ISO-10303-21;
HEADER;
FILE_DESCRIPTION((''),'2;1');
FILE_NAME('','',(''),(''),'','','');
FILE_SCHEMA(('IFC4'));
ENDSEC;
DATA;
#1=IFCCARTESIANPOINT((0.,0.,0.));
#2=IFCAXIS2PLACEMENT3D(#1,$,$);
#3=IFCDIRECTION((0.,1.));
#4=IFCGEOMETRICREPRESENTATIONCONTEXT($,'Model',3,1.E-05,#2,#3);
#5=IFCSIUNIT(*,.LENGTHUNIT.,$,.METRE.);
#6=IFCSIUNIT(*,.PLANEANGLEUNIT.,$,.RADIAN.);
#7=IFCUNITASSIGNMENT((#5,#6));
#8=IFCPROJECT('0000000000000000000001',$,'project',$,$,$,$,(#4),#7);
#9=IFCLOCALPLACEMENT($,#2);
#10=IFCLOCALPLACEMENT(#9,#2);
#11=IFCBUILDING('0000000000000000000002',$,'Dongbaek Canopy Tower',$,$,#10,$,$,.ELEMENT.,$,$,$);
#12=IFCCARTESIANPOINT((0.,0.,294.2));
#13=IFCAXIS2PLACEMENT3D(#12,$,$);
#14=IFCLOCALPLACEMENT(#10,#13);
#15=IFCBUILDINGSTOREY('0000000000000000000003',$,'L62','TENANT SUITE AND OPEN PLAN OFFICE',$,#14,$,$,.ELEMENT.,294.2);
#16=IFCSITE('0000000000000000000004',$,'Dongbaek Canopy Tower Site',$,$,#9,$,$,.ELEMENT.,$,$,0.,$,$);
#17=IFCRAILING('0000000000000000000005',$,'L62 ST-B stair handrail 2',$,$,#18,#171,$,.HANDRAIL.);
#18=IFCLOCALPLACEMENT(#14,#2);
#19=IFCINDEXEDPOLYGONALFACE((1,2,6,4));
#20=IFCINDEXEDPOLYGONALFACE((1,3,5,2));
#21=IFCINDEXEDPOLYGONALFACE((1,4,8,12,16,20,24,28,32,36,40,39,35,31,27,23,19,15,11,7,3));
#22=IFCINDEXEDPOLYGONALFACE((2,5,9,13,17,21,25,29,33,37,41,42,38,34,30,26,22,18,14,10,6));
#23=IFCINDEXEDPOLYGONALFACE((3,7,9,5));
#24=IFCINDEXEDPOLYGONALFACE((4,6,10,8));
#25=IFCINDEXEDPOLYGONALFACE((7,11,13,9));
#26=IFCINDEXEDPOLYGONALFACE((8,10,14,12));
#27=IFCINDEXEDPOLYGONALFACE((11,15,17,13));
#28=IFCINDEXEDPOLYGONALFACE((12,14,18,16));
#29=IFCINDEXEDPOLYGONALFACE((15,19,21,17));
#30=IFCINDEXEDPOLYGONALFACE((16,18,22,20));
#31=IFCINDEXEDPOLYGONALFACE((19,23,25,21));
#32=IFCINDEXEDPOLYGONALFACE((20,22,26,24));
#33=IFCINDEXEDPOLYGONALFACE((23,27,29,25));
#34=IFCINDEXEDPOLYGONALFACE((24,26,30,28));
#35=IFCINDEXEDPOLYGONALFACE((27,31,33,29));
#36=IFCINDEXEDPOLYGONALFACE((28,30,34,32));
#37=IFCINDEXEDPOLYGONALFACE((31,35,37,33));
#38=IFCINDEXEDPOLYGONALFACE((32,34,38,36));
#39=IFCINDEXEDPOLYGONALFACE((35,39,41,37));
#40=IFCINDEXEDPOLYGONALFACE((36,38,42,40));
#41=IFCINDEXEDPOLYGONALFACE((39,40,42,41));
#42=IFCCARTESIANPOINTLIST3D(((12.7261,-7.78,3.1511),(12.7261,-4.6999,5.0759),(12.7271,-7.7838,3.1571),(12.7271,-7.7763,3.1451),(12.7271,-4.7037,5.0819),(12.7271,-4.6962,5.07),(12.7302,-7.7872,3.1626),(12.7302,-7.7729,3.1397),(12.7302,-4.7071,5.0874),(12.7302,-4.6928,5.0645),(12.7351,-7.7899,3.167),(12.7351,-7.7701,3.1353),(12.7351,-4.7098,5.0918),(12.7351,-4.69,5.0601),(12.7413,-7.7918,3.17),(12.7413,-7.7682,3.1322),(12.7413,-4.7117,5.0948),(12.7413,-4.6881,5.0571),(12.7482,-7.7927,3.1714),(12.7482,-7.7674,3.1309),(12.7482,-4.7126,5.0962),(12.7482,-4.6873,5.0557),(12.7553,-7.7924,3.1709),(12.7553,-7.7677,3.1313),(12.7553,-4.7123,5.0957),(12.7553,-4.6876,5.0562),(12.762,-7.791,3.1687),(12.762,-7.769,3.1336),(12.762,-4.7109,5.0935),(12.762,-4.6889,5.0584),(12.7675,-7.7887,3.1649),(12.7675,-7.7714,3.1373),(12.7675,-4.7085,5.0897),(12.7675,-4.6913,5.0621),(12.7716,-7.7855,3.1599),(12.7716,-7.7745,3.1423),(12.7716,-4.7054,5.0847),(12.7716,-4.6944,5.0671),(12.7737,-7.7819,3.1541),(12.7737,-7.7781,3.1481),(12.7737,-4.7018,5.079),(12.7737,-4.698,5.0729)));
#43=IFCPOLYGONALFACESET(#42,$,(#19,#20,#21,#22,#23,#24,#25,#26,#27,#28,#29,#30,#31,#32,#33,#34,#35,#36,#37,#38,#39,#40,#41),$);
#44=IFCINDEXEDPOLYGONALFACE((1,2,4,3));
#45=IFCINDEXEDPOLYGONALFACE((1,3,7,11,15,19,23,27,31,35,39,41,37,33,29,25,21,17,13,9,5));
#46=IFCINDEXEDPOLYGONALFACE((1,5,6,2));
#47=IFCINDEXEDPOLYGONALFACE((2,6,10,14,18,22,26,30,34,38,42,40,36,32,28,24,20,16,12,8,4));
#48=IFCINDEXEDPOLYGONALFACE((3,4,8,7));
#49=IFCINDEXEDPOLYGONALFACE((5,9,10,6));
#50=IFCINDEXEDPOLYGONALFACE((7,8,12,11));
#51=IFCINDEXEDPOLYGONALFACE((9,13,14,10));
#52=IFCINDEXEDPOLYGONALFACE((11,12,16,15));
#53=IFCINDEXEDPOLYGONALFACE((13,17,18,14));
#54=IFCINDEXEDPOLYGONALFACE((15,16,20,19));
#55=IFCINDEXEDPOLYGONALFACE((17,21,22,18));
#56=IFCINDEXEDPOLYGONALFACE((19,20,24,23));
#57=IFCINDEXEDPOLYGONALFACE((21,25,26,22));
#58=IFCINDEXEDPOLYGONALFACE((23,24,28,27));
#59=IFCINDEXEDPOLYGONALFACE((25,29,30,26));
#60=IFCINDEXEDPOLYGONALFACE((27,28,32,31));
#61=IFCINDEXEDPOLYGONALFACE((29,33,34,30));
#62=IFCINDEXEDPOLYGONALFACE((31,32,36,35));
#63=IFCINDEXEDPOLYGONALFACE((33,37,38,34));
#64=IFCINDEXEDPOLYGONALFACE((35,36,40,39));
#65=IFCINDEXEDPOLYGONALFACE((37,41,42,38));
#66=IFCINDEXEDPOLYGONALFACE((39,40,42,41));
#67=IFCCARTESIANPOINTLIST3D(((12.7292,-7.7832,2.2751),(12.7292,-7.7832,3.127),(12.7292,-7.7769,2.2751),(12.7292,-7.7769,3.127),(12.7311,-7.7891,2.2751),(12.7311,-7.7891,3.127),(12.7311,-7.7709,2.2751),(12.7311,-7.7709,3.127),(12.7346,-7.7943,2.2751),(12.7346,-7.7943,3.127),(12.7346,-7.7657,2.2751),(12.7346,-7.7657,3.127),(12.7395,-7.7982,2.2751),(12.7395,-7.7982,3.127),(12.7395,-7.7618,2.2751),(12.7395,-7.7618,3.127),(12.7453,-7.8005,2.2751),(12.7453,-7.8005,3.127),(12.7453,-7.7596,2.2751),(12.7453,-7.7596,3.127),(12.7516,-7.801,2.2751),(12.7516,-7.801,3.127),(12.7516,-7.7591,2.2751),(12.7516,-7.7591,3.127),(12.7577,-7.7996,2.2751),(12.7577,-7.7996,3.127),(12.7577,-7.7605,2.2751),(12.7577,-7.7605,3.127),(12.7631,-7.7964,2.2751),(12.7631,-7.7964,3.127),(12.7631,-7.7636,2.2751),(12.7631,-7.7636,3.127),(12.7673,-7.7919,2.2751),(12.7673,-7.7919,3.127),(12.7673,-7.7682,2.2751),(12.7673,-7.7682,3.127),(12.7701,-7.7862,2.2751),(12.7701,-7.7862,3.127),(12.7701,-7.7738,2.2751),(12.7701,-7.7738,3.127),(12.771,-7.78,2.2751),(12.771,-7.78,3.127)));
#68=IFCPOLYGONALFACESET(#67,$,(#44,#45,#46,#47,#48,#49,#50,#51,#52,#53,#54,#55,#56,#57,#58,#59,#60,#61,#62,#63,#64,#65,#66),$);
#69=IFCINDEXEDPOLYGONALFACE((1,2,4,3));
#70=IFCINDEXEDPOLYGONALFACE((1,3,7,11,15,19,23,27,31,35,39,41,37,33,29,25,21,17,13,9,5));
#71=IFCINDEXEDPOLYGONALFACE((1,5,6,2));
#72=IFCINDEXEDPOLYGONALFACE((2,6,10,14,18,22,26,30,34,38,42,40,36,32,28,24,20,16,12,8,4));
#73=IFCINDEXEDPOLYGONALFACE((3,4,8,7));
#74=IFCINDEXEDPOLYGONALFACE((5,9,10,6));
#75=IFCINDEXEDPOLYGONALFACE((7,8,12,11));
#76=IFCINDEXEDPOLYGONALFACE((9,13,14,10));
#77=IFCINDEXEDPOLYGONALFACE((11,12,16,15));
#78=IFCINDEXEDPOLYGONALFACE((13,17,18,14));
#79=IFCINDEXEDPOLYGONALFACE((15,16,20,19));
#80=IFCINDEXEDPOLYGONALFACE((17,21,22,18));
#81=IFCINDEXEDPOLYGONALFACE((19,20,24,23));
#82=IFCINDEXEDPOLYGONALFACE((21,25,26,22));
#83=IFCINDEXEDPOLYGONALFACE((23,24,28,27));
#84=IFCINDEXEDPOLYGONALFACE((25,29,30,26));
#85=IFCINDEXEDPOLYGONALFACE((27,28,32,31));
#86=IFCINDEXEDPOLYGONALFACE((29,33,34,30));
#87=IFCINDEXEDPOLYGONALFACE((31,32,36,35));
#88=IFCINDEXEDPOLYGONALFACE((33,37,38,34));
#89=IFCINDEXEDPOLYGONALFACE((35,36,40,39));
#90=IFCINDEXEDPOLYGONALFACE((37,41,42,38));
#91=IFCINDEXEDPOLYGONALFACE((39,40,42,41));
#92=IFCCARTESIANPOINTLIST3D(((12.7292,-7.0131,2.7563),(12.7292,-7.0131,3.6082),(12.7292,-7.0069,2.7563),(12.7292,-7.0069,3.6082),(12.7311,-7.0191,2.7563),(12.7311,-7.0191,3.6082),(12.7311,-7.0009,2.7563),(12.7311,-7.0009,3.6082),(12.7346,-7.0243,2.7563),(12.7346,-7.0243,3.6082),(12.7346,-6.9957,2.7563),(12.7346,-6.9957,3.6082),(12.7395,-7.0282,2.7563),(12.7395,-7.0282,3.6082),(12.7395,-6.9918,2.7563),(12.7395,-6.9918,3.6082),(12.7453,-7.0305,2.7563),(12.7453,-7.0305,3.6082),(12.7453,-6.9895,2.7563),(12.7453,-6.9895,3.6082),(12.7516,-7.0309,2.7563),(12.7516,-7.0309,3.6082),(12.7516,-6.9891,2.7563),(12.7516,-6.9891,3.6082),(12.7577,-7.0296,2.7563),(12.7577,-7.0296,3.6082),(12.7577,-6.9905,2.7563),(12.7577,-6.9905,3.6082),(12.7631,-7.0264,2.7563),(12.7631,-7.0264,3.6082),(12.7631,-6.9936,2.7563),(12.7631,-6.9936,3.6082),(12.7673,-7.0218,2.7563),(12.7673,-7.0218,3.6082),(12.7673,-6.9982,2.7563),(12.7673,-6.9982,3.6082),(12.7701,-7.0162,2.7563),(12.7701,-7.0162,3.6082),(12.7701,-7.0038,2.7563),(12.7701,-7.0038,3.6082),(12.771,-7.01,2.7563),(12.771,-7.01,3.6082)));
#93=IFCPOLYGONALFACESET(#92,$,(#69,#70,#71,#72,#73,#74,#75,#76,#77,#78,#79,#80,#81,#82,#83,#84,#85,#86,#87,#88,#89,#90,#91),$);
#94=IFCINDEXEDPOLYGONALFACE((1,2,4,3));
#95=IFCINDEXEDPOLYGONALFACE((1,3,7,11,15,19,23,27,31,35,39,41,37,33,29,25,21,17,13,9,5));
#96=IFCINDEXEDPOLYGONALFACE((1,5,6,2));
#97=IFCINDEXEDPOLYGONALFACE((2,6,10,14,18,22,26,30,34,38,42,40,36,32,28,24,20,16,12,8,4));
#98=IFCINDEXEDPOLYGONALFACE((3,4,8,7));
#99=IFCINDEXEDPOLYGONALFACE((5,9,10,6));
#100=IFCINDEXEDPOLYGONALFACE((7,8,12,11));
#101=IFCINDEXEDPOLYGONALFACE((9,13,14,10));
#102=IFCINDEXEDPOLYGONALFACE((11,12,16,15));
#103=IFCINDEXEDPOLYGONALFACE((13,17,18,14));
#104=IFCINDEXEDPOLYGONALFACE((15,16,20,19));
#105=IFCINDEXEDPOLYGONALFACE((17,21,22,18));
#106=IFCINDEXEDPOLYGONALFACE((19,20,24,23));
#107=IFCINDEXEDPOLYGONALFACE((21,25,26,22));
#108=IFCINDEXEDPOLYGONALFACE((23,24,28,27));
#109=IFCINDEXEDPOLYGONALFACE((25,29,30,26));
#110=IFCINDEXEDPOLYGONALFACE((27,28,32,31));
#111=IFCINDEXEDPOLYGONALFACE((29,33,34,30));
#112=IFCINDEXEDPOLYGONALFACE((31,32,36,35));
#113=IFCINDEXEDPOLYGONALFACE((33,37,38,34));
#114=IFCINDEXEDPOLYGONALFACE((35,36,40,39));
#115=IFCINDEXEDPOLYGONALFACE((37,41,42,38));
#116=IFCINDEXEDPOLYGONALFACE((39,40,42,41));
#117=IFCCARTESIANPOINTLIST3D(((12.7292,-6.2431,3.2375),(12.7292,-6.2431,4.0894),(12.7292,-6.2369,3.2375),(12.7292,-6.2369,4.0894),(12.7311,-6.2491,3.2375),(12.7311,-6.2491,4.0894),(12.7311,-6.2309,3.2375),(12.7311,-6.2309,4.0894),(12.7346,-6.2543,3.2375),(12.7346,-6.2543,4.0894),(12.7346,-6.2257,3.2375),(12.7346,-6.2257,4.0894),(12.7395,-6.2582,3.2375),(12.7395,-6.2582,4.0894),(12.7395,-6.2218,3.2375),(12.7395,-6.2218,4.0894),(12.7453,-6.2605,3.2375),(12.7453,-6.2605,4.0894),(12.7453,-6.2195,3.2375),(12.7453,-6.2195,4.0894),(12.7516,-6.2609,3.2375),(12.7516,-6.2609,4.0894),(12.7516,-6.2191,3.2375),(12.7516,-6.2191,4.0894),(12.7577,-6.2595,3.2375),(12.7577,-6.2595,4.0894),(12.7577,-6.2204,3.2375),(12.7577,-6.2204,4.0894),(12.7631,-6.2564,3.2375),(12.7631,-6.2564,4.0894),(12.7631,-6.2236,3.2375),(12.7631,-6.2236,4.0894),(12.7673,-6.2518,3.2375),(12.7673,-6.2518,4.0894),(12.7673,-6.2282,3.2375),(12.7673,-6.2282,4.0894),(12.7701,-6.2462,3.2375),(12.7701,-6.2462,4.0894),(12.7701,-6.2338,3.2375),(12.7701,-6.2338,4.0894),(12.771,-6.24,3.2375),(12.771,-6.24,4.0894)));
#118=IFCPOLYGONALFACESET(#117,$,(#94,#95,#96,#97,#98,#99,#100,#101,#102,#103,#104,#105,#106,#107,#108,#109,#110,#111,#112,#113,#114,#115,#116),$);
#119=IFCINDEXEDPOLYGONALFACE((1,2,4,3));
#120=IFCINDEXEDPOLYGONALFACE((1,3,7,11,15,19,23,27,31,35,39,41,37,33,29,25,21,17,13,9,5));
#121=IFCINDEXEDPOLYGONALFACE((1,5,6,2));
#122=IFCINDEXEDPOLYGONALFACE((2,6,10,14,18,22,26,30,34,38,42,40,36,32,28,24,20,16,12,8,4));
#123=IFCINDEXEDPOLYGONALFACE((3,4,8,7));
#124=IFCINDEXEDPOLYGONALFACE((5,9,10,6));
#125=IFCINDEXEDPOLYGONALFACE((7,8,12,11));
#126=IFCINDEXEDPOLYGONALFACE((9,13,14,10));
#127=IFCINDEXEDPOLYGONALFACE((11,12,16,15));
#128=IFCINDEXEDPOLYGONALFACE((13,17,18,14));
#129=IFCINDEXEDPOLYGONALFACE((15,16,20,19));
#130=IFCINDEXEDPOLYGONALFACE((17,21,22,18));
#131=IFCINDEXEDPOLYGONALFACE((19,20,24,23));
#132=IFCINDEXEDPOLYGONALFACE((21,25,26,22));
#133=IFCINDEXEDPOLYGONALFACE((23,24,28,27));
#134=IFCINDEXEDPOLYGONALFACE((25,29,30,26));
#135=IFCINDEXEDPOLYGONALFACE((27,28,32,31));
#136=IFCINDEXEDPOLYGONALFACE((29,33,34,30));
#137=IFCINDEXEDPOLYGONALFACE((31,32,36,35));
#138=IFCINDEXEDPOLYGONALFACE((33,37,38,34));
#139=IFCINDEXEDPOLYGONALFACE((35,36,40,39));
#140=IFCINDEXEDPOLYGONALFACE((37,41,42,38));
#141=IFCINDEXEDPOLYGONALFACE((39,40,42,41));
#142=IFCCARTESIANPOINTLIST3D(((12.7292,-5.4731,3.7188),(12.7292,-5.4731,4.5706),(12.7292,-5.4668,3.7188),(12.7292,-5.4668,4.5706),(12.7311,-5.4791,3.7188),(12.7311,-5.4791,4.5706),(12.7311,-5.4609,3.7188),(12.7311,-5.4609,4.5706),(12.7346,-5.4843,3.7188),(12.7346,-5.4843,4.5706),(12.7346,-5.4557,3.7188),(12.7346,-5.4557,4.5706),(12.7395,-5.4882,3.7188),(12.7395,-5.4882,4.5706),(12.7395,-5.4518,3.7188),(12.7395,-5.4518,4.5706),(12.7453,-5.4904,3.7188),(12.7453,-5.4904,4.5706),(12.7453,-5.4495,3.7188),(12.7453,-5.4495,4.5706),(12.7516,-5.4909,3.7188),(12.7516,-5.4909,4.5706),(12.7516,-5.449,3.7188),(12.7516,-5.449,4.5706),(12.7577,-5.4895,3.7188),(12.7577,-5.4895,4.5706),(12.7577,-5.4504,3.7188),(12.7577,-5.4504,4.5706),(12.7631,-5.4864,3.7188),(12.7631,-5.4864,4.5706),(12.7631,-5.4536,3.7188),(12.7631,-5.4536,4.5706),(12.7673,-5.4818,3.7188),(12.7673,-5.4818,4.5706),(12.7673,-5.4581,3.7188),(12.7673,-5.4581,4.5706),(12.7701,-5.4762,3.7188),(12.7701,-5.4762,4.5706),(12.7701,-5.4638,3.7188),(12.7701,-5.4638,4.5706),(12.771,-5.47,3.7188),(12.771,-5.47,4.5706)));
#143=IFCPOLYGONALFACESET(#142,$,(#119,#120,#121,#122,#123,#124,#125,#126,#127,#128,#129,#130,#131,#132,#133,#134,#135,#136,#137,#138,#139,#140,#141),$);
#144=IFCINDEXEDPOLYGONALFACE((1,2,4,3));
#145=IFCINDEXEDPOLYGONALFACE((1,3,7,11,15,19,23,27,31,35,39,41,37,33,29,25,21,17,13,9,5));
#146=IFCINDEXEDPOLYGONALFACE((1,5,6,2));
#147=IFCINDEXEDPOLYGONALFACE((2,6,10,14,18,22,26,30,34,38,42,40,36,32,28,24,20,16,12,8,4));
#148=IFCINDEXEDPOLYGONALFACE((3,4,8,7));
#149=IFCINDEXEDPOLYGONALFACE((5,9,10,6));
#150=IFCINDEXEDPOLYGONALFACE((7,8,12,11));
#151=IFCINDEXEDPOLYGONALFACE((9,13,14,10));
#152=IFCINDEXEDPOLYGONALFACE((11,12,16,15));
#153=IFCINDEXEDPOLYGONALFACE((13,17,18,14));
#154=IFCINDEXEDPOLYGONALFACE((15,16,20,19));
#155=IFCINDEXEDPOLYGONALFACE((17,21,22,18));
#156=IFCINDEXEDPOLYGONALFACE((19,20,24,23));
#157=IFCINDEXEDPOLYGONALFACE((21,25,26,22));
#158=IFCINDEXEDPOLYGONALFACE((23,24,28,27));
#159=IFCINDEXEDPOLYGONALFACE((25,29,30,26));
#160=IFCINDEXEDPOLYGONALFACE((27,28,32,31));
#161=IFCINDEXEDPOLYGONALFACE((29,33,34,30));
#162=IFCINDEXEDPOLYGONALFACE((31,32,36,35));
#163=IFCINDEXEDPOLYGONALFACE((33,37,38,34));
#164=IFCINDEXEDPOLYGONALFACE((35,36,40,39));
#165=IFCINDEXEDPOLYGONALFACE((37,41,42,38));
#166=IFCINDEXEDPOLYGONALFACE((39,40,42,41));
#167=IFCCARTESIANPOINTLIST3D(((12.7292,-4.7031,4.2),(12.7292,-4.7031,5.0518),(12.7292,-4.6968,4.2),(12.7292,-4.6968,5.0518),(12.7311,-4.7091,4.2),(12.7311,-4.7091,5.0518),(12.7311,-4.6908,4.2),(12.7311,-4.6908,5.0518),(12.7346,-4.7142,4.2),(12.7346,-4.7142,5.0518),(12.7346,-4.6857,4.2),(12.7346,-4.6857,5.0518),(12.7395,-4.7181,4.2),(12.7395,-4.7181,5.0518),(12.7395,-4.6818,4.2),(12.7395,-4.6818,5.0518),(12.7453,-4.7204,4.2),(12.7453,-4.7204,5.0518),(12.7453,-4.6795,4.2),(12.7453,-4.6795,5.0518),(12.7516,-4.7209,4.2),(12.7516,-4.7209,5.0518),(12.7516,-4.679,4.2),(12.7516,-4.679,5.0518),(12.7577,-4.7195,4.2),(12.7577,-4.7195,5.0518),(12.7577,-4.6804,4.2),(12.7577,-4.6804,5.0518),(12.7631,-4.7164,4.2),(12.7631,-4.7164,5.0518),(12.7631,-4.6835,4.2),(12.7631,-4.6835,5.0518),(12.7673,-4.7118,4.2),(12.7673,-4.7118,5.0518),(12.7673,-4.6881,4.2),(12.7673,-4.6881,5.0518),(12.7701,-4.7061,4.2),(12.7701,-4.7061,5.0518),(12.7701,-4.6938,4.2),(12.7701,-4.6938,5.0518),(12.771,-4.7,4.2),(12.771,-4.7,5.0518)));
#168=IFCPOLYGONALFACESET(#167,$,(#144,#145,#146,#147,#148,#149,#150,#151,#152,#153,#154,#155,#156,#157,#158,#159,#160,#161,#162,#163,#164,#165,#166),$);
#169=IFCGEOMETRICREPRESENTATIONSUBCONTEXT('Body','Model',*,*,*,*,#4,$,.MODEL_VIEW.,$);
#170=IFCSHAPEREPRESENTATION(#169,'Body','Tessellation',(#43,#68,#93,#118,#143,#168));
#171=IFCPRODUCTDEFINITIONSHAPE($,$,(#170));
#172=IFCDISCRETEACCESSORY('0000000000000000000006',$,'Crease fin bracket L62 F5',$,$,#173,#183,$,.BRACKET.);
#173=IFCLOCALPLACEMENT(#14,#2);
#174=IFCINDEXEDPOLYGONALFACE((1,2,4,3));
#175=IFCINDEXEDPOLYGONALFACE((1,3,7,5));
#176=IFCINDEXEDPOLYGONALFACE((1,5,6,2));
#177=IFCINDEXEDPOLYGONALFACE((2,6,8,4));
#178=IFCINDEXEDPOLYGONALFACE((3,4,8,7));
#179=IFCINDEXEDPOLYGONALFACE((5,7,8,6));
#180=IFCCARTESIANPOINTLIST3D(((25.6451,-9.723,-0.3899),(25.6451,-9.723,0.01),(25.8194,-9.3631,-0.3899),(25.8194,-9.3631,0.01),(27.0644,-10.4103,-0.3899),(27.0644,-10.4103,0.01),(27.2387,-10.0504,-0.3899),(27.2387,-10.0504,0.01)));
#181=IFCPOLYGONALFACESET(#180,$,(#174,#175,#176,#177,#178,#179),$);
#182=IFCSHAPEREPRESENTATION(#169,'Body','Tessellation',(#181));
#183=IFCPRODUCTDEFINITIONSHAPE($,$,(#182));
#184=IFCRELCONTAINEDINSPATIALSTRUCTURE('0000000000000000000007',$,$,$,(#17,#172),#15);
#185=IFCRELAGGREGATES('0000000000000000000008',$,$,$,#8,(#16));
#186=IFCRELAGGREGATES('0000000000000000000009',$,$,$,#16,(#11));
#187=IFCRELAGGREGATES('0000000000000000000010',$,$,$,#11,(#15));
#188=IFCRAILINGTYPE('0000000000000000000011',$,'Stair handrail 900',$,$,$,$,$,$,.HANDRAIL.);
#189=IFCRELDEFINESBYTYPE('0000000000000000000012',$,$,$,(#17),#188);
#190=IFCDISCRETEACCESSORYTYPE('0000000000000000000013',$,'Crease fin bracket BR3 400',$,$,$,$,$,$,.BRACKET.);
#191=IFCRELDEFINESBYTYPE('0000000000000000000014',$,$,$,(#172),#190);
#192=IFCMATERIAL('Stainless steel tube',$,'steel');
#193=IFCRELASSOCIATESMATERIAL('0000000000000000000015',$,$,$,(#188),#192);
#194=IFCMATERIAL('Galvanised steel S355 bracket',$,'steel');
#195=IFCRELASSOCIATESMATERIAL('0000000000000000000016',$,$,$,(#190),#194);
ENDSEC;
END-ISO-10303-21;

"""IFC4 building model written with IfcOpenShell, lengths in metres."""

from ifc_helpers import new_model, si_unit, direction, frame, origin, origin_2d, place, context, subcontext, project, spatial, rectangle, circle, extrude, material, type_object, element, save


model = new_model("IFC4")

# Units and contexts
model_context = context("Model", 3, precision=1e-05, world=origin(), true_north=direction((0.0, 1.0)))
body_context = subcontext(model_context, "Body", "Model", "MODEL_VIEW")
ifc_project = project(units=[si_unit("LENGTHUNIT", "METRE"), si_unit("PLANEANGLEUNIT", "RADIAN")], contexts=[model_context])

# Site, building, storey
site_placement = place(None, origin())
site = spatial("IfcSite", under=ifc_project, at=site_placement, Name="Dongbaek Canopy Tower Site", CompositionType="ELEMENT", RefElevation=0.0)
building_placement = place(site_placement, origin())
building = spatial("IfcBuilding", under=site, at=building_placement, Name="Dongbaek Canopy Tower", CompositionType="ELEMENT")
storey_placement = place(building_placement, frame((0.0, 0.0, 294.2)))
storey = spatial("IfcBuildingStorey", under=building, at=storey_placement, Name="L62", Description="TENANT SUITE AND OPEN PLAN OFFICE", CompositionType="ELEMENT", Elevation=294.2)

# Railing
ifc_material_1 = material(Name="Stainless steel tube", Category="steel")
railing_type = type_object("IfcRailingType", Name="Stair handrail 900", PredefinedType="HANDRAIL", material=ifc_material_1)
railing_placement = place(storey_placement, frame((12.75, -7.78, 2.2751)))
element("IfcRailing", 1, at=railing_placement, inside=storey, type_object=railing_type, Name="L62 ST-B stair handrail 2", PredefinedType="HANDRAIL", context=body_context, shape_type="SweptSolid", body=[
    extrude(circle(Radius=0.0239, at=origin_2d()), frame((0.0, 0.0, 0.876), z_axis=(0.0, 0.848029, 0.529951), x_axis=(-1.0, 0.0, 0.0)), (0.0, 0.0, 1.0), 3.6321),
    extrude(circle(Radius=0.021, at=origin_2d()), origin(), (0.0, 0.0, 1.0), 0.8518),
    extrude(circle(Radius=0.021, at=origin_2d()), frame((0.0, 0.77, 0.4812)), (0.0, 0.0, 1.0), 0.8518),
    extrude(circle(Radius=0.021, at=origin_2d()), frame((0.0, 1.54, 0.9624)), (0.0, 0.0, 1.0), 0.8518),
    extrude(circle(Radius=0.021, at=origin_2d()), frame((0.0, 2.3101, 1.4436)), (0.0, 0.0, 1.0), 0.8518),
    extrude(circle(Radius=0.021, at=origin_2d()), frame((0.0, 3.0801, 1.9248)), (0.0, 0.0, 1.0), 0.8518),
])

# Discrete accessory
ifc_material_2 = material(Name="Galvanised steel S355 bracket", Category="steel")
discrete_accessory_type = type_object("IfcDiscreteAccessoryType", Name="Crease fin bracket BR3 400", PredefinedType="BRACKET", material=ifc_material_2)
discrete_accessory_placement = place(storey_placement, frame((26.4419, -9.8867, -0.3899), z_axis=(0.0, 0.0, 1.0), x_axis=(0.900013, -0.435863, 0.0)))
element("IfcDiscreteAccessory", 2, at=discrete_accessory_placement, inside=storey, type_object=discrete_accessory_type, Name="Crease fin bracket L62 F5", PredefinedType="BRACKET", context=body_context, shape_type="SweptSolid", body=[
    extrude(rectangle(XDim=1.5769, YDim=0.3999, at=origin_2d()), origin(), (0.0, 0.0, 1.0), 0.3999),
])

save(model, "model.ifc")
